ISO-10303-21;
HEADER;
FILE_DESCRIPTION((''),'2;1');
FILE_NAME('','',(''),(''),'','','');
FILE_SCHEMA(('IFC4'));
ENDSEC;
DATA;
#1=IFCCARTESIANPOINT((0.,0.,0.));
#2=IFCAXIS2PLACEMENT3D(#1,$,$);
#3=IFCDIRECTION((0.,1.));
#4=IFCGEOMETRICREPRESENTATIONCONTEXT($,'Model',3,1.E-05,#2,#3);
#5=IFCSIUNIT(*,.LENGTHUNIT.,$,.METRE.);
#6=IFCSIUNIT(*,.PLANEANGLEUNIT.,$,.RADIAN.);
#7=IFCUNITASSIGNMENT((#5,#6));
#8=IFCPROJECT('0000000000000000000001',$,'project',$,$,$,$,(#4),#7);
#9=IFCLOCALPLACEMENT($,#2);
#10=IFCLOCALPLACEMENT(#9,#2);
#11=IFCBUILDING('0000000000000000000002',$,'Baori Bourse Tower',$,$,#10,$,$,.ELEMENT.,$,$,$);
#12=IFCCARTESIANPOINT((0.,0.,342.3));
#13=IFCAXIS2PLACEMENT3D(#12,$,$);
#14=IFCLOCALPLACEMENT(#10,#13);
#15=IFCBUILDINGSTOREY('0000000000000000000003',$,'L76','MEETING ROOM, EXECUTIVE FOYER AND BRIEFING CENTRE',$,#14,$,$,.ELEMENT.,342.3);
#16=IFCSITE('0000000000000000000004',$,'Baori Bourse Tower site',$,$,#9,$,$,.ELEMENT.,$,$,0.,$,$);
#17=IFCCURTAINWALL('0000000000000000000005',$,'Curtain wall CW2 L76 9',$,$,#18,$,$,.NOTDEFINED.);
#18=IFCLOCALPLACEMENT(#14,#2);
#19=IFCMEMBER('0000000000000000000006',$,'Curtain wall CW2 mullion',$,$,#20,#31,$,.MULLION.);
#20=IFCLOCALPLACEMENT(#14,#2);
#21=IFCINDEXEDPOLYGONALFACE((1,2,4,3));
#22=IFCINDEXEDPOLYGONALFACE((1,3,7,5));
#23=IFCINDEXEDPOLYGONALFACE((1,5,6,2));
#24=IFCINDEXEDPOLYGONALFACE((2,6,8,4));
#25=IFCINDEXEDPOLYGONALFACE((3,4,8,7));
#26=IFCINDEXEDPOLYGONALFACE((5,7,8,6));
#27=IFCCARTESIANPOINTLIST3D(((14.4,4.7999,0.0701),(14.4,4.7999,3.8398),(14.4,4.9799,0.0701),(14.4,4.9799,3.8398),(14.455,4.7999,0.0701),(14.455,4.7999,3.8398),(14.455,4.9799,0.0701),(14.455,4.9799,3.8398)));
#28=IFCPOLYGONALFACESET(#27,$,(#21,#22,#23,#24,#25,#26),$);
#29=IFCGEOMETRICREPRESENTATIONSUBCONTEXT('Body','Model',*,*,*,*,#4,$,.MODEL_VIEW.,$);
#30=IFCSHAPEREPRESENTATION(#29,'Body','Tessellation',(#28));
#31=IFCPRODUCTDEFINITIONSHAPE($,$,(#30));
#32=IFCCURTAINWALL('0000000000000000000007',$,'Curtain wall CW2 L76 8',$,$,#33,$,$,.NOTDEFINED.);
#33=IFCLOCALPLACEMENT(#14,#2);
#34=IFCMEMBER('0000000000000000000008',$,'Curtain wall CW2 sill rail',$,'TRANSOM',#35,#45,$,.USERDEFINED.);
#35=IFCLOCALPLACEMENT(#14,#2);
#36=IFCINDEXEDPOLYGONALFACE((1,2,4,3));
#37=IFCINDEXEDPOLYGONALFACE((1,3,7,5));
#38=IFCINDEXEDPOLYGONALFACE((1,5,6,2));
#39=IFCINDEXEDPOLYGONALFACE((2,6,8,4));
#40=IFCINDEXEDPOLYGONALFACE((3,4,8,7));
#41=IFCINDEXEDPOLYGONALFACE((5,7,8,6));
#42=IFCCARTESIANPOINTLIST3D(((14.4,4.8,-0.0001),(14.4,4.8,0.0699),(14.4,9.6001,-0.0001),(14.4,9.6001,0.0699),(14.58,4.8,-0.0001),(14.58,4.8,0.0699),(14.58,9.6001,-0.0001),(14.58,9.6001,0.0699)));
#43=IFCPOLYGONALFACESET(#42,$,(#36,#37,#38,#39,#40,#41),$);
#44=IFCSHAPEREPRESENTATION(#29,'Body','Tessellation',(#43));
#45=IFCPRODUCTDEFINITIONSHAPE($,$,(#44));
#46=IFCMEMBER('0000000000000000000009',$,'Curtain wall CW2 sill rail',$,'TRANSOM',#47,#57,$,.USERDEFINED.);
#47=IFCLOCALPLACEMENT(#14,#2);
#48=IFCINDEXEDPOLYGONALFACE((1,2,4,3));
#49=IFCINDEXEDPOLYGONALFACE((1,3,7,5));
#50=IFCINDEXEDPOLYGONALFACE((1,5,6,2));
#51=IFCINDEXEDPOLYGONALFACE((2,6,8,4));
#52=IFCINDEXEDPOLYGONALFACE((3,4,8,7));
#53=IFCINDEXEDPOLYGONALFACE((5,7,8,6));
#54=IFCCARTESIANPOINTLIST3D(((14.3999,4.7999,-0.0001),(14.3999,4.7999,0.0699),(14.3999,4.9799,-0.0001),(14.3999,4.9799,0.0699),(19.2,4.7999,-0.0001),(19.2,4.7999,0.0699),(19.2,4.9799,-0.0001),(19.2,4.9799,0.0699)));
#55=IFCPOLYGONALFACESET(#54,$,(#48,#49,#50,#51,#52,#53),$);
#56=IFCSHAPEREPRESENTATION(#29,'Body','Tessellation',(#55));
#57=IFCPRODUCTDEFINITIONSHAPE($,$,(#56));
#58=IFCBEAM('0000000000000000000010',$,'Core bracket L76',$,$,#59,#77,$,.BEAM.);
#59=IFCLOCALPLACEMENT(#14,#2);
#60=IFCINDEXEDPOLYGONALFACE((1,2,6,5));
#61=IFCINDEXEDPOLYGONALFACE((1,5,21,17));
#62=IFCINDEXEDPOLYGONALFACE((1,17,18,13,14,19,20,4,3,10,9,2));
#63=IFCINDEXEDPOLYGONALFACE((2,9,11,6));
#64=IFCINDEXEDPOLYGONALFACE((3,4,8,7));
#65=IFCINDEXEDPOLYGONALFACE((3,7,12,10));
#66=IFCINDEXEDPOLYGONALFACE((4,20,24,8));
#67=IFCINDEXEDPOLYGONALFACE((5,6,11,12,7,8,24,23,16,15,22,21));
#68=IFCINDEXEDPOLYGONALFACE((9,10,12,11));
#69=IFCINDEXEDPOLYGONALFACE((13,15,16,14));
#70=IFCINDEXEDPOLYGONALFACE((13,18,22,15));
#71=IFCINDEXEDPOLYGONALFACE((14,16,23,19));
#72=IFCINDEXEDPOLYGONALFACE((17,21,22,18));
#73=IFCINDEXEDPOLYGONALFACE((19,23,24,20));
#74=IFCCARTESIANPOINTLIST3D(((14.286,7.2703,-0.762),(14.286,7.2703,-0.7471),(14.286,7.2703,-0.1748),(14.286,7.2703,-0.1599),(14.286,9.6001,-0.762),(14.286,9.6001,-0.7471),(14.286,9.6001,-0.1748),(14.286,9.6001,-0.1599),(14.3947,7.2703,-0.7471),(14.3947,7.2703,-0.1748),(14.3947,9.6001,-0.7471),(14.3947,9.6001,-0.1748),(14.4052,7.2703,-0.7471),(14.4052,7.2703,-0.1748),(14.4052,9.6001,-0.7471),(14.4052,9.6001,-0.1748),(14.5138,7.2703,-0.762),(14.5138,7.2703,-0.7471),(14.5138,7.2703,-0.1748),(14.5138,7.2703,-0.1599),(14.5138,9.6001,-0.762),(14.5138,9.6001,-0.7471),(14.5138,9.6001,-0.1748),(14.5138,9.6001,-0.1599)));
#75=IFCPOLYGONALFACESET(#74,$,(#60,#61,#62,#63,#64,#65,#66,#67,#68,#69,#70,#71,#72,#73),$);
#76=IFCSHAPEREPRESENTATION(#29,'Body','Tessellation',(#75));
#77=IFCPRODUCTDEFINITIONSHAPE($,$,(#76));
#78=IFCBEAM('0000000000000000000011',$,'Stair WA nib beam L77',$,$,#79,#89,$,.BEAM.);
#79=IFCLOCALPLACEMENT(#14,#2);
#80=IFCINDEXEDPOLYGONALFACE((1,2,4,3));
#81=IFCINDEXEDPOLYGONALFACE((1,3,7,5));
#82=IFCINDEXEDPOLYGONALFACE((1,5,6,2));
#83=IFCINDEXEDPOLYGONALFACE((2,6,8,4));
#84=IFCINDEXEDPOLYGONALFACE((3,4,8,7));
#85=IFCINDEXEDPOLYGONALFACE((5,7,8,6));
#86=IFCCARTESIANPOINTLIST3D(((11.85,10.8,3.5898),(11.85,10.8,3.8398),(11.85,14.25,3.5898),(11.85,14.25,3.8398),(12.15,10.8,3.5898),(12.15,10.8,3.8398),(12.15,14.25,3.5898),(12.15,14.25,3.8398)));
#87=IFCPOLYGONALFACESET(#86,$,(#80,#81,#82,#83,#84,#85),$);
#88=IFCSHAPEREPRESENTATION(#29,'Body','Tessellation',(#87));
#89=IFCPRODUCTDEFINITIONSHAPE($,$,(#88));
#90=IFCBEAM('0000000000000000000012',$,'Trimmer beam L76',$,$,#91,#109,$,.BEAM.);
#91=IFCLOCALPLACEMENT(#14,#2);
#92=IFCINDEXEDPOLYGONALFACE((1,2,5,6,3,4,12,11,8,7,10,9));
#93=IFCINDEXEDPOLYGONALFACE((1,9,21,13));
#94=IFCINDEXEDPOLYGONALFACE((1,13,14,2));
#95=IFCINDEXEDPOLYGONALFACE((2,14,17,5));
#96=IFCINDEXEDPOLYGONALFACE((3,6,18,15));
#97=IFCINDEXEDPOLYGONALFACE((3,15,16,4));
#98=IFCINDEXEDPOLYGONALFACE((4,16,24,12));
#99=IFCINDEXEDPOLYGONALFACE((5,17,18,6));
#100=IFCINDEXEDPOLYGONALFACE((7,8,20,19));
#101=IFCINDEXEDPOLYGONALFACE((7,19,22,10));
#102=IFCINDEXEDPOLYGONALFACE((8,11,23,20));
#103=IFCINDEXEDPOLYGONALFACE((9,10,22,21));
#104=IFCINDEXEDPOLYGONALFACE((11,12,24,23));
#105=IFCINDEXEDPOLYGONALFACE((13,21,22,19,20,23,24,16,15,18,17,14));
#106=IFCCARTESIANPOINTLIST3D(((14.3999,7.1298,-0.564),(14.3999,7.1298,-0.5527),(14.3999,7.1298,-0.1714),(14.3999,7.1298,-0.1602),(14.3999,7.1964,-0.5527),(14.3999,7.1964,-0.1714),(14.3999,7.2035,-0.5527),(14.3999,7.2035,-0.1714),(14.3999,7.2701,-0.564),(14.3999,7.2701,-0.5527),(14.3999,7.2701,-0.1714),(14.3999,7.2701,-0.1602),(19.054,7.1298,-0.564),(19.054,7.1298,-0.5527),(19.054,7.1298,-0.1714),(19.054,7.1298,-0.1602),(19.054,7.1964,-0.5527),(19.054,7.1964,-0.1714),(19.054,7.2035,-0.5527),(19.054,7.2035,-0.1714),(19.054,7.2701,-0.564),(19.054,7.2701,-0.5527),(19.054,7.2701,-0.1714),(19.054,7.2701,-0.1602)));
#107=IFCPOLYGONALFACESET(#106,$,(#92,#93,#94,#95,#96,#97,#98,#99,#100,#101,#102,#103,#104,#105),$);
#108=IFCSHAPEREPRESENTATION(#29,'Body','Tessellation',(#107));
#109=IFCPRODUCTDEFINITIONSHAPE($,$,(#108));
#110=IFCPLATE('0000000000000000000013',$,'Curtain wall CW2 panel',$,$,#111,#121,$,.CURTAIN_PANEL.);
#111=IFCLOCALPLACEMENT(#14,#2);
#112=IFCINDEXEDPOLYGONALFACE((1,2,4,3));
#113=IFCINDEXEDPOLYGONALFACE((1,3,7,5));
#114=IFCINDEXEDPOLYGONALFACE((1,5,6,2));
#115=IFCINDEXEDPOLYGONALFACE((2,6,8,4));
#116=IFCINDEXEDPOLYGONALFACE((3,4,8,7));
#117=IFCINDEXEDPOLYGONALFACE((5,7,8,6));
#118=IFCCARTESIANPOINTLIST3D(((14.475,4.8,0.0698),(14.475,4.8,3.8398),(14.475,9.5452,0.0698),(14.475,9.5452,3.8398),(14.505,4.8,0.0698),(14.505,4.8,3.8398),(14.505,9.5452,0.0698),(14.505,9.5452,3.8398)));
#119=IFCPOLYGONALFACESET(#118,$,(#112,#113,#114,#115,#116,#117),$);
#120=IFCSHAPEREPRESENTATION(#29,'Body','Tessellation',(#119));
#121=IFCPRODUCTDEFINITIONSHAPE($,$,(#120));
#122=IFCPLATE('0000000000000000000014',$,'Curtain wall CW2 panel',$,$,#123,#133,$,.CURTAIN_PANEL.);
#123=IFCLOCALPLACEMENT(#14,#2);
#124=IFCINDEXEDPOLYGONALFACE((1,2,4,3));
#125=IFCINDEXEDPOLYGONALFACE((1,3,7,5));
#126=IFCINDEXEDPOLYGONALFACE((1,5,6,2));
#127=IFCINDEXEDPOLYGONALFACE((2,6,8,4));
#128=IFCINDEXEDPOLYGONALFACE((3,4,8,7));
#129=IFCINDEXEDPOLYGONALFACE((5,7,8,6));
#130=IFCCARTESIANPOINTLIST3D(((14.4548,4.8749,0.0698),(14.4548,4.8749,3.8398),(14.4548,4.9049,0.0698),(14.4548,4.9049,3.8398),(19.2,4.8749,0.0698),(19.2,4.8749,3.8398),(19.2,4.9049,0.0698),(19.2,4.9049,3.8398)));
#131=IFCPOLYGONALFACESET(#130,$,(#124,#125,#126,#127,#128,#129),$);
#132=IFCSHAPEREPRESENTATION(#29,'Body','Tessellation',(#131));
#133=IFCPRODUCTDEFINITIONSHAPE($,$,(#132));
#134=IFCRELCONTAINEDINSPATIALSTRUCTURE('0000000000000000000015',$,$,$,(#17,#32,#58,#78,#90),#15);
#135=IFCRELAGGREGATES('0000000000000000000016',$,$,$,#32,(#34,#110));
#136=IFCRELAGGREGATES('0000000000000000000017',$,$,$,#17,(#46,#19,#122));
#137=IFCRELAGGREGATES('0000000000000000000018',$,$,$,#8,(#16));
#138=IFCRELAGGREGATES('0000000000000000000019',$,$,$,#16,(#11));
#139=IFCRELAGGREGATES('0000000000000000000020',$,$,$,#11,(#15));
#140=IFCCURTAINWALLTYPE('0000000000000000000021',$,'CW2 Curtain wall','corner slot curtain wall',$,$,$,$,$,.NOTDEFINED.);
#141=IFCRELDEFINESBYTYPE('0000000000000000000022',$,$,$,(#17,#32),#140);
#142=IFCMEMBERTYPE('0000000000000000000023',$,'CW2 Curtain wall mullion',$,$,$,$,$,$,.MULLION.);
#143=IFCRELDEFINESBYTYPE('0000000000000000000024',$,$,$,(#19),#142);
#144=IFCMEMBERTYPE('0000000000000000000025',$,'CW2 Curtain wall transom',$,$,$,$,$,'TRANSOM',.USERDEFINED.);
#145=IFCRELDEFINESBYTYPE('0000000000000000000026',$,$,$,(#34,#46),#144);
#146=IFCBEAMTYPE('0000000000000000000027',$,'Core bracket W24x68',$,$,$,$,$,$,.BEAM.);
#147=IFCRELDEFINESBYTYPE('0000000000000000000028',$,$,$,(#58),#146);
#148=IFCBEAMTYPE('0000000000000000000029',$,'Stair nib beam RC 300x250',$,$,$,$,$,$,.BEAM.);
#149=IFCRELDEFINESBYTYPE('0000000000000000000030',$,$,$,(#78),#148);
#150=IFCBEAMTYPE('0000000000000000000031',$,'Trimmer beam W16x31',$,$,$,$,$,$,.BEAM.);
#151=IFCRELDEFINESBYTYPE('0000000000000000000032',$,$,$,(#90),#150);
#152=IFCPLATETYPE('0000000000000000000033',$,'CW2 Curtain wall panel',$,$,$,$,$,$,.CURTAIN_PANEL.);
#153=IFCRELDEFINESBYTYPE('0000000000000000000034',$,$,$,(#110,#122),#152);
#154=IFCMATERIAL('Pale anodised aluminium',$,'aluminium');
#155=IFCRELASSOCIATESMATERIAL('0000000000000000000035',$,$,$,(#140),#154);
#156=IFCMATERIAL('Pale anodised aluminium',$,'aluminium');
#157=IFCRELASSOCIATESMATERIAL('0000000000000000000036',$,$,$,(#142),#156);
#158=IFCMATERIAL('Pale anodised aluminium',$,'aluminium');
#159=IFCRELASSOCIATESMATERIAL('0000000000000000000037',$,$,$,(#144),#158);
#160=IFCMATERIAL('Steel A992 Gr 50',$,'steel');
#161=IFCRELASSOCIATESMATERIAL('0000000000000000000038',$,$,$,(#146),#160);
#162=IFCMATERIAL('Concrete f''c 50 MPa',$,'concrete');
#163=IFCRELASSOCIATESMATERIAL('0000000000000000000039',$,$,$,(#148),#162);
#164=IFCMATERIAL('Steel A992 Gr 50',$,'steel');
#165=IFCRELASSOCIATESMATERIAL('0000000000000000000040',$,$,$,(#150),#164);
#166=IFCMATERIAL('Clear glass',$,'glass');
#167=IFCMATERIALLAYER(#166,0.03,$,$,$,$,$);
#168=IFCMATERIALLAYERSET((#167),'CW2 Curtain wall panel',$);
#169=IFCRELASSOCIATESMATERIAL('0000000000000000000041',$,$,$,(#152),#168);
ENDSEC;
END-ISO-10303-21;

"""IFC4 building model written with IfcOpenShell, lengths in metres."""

from ifc_helpers import new_model, si_unit, direction, frame, origin, origin_2d, place, context, subcontext, project, spatial, rectangle, i_section, extrude, material, layer, layer_set, material_profile, profile_set, type_object, element, aggregate, save


model = new_model("IFC4")

# Units and contexts
model_context = context("Model", 3, precision=1e-05, world=origin(), true_north=direction((0.0, 1.0)))
body_context = subcontext(model_context, "Body", "Model", "MODEL_VIEW")
ifc_project = project(units=[si_unit("LENGTHUNIT", "METRE"), si_unit("PLANEANGLEUNIT", "RADIAN")], contexts=[model_context])

# Site, building, storey
site_placement = place(None, origin())
site = spatial("IfcSite", under=ifc_project, at=site_placement, Name="Baori Bourse Tower site", CompositionType="ELEMENT", RefElevation=0.0)
building_placement = place(site_placement, origin())
building = spatial("IfcBuilding", under=site, at=building_placement, Name="Baori Bourse Tower", CompositionType="ELEMENT")
storey_placement = place(building_placement, frame((0.0, 0.0, 342.3)))
storey = spatial("IfcBuildingStorey", under=building, at=storey_placement, Name="L76", Description="MEETING ROOM, EXECUTIVE FOYER AND BRIEFING CENTRE", CompositionType="ELEMENT", Elevation=342.3)

# Curtain walls, members
ifc_material_1 = material(Name="Pale anodised aluminium", Category="aluminium")
curtain_wall_type = type_object("IfcCurtainWallType", Name="CW2 Curtain wall", Description="corner slot curtain wall", PredefinedType="NOTDEFINED", material=ifc_material_1)
curtain_wall_1_placement = place(storey_placement, origin())
curtain_wall_1 = element("IfcCurtainWall", 1, at=curtain_wall_1_placement, inside=storey, type_object=curtain_wall_type, Name="Curtain wall CW2 L76 9", PredefinedType="NOTDEFINED")
ifc_material_2 = material(Name="Pale anodised aluminium", Category="aluminium")
ifc_material_profile_1 = material_profile(ifc_material_2, rectangle(XDim=0.1799, YDim=0.0549, at=origin_2d()), Name="Mullion 55x180")
ifc_profile_set_1 = profile_set([ifc_material_profile_1], Name="Pale anodised aluminium")
member_type_1 = type_object("IfcMemberType", Name="CW2 Curtain wall mullion", PredefinedType="MULLION", material=ifc_profile_set_1)
member_1_placement = place(storey_placement, frame((14.4275, 4.8899, 0.0701), z_axis=(0.0, 0.0, 1.0), x_axis=(0.0, 1.0, 0.0)))
member_1 = element("IfcMember", 2, at=member_1_placement, type_object=member_type_1, Name="Curtain wall CW2 mullion", PredefinedType="MULLION", context=body_context, shape_type="SweptSolid", body=[
    extrude(rectangle(XDim=0.1799, YDim=0.0549, at=origin_2d()), origin(), (0.0, 0.0, 1.0), 3.7698),
])
curtain_wall_2_placement = place(storey_placement, origin())
curtain_wall_2 = element("IfcCurtainWall", 3, at=curtain_wall_2_placement, inside=storey, type_object=curtain_wall_type, Name="Curtain wall CW2 L76 8", PredefinedType="NOTDEFINED")
ifc_material_3 = material(Name="Pale anodised aluminium", Category="aluminium")
ifc_material_profile_2 = material_profile(ifc_material_3, rectangle(XDim=0.1799, YDim=0.0701, at=origin_2d()), Name="Transom 70x180")
ifc_profile_set_2 = profile_set([ifc_material_profile_2], Name="Pale anodised aluminium")
member_type_2 = type_object("IfcMemberType", Name="CW2 Curtain wall transom", ElementType="TRANSOM", PredefinedType="USERDEFINED", material=ifc_profile_set_2)
member_2_placement = place(storey_placement, frame((14.49, 9.6001, 0.0349), z_axis=(0.0, -1.0, 0.0), x_axis=(1.0, 0.0, 0.0)))
member_2 = element("IfcMember", 4, at=member_2_placement, type_object=member_type_2, Name="Curtain wall CW2 sill rail", ObjectType="TRANSOM", PredefinedType="USERDEFINED", context=body_context, shape_type="SweptSolid", body=[
    extrude(rectangle(XDim=0.1799, YDim=0.0701, at=origin_2d()), origin(), (0.0, 0.0, 1.0), 4.8),
])

# Member
member_3_placement = place(storey_placement, frame((14.3999, 4.8899, 0.0349), z_axis=(1.0, 0.0, 0.0), x_axis=(0.0, 1.0, 0.0)))
member_3 = element("IfcMember", 5, at=member_3_placement, type_object=member_type_2, Name="Curtain wall CW2 sill rail", ObjectType="TRANSOM", PredefinedType="USERDEFINED", context=body_context, shape_type="SweptSolid", body=[
    extrude(rectangle(XDim=0.1799, YDim=0.0701, at=origin_2d()), origin(), (0.0, 0.0, 1.0), 4.8),
])

# Beams
ifc_material_4 = material(Name="Steel A992 Gr 50", Category="steel")
ifc_material_profile_3 = material_profile(ifc_material_4, i_section(OverallWidth=0.2278, OverallDepth=0.6021, WebThickness=0.0105, FlangeThickness=0.0149, at=origin_2d()), Name="W24x68")
ifc_profile_set_3 = profile_set([ifc_material_profile_3], Name="Steel A992 Gr 50")
beam_type_1 = type_object("IfcBeamType", Name="Core bracket W24x68", PredefinedType="BEAM", material=ifc_profile_set_3)
beam_1_placement = place(storey_placement, frame((14.3999, 7.2703, -0.4609), z_axis=(0.0, 1.0, 0.0), x_axis=(-1.0, 0.0, 0.0)))
element("IfcBeam", 6, at=beam_1_placement, inside=storey, type_object=beam_type_1, Name="Core bracket L76", PredefinedType="BEAM", context=body_context, shape_type="SweptSolid", body=[
    extrude(i_section(OverallWidth=0.2278, OverallDepth=0.6021, WebThickness=0.0105, FlangeThickness=0.0149, at=origin_2d()), origin(), (0.0, 0.0, 1.0), 2.3298),
])
ifc_material_5 = material(Name="Concrete f'c 50 MPa", Category="concrete")
ifc_material_profile_4 = material_profile(ifc_material_5, rectangle(XDim=0.3, YDim=0.25, at=origin_2d()), Name="RC 300x250")
ifc_profile_set_4 = profile_set([ifc_material_profile_4], Name="Concrete f'c 50 MPa")
beam_type_2 = type_object("IfcBeamType", Name="Stair nib beam RC 300x250", PredefinedType="BEAM", material=ifc_profile_set_4)
beam_2_placement = place(storey_placement, frame((12.0, 10.8, 3.7148), z_axis=(0.0, 1.0, 0.0), x_axis=(-1.0, 0.0, 0.0)))
element("IfcBeam", 7, at=beam_2_placement, inside=storey, type_object=beam_type_2, Name="Stair WA nib beam L77", PredefinedType="BEAM", context=body_context, shape_type="SweptSolid", body=[
    extrude(rectangle(XDim=0.3, YDim=0.25, at=origin_2d()), origin(), (0.0, 0.0, 1.0), 3.45),
])
ifc_material_6 = material(Name="Steel A992 Gr 50", Category="steel")
ifc_material_profile_5 = material_profile(ifc_material_6, i_section(OverallWidth=0.1404, OverallDepth=0.4038, WebThickness=0.0071, FlangeThickness=0.0112, at=origin_2d()), Name="W16x31")
ifc_profile_set_5 = profile_set([ifc_material_profile_5], Name="Steel A992 Gr 50")
beam_type_3 = type_object("IfcBeamType", Name="Trimmer beam W16x31", PredefinedType="BEAM", material=ifc_profile_set_5)
beam_3_placement = place(storey_placement, frame((14.3999, 7.2, -0.3621), z_axis=(1.0, 0.0, 0.0), x_axis=(0.0, 1.0, 0.0)))
element("IfcBeam", 8, at=beam_3_placement, inside=storey, type_object=beam_type_3, Name="Trimmer beam L76", PredefinedType="BEAM", context=body_context, shape_type="SweptSolid", body=[
    extrude(i_section(OverallWidth=0.1404, OverallDepth=0.4038, WebThickness=0.0071, FlangeThickness=0.0112, at=origin_2d()), origin(), (0.0, 0.0, 1.0), 4.6541),
])

# Plates
ifc_material_7 = material(Name="Clear glass", Category="glass")
ifc_layer_1 = layer(ifc_material_7, 0.03)
ifc_layer_set_1 = layer_set([ifc_layer_1], Name="CW2 Curtain wall panel")
plate_type = type_object("IfcPlateType", Name="CW2 Curtain wall panel", PredefinedType="CURTAIN_PANEL", material=ifc_layer_set_1)
plate_1_placement = place(storey_placement, frame((14.49, 7.1726, 0.0698), z_axis=(0.0, 0.0, 1.0), x_axis=(0.0, -1.0, 0.0)))
plate_1 = element("IfcPlate", 9, at=plate_1_placement, type_object=plate_type, Name="Curtain wall CW2 panel", PredefinedType="CURTAIN_PANEL", context=body_context, shape_type="SweptSolid", body=[
    extrude(rectangle(XDim=4.7451, YDim=0.03, at=origin_2d()), origin(), (0.0, 0.0, 1.0), 3.77),
])
aggregate(curtain_wall_2, [member_2, plate_1])
plate_2_placement = place(storey_placement, frame((16.8274, 4.8899, 0.0698), z_axis=(0.0, 0.0, 1.0), x_axis=(1.0, 0.0, 0.0)))
plate_2 = element("IfcPlate", 10, at=plate_2_placement, type_object=plate_type, Name="Curtain wall CW2 panel", PredefinedType="CURTAIN_PANEL", context=body_context, shape_type="SweptSolid", body=[
    extrude(rectangle(XDim=4.7451, YDim=0.03, at=origin_2d()), origin(), (0.0, 0.0, 1.0), 3.77),
])
aggregate(curtain_wall_1, [member_3, member_1, plate_2])

save(model, "model.ifc")
